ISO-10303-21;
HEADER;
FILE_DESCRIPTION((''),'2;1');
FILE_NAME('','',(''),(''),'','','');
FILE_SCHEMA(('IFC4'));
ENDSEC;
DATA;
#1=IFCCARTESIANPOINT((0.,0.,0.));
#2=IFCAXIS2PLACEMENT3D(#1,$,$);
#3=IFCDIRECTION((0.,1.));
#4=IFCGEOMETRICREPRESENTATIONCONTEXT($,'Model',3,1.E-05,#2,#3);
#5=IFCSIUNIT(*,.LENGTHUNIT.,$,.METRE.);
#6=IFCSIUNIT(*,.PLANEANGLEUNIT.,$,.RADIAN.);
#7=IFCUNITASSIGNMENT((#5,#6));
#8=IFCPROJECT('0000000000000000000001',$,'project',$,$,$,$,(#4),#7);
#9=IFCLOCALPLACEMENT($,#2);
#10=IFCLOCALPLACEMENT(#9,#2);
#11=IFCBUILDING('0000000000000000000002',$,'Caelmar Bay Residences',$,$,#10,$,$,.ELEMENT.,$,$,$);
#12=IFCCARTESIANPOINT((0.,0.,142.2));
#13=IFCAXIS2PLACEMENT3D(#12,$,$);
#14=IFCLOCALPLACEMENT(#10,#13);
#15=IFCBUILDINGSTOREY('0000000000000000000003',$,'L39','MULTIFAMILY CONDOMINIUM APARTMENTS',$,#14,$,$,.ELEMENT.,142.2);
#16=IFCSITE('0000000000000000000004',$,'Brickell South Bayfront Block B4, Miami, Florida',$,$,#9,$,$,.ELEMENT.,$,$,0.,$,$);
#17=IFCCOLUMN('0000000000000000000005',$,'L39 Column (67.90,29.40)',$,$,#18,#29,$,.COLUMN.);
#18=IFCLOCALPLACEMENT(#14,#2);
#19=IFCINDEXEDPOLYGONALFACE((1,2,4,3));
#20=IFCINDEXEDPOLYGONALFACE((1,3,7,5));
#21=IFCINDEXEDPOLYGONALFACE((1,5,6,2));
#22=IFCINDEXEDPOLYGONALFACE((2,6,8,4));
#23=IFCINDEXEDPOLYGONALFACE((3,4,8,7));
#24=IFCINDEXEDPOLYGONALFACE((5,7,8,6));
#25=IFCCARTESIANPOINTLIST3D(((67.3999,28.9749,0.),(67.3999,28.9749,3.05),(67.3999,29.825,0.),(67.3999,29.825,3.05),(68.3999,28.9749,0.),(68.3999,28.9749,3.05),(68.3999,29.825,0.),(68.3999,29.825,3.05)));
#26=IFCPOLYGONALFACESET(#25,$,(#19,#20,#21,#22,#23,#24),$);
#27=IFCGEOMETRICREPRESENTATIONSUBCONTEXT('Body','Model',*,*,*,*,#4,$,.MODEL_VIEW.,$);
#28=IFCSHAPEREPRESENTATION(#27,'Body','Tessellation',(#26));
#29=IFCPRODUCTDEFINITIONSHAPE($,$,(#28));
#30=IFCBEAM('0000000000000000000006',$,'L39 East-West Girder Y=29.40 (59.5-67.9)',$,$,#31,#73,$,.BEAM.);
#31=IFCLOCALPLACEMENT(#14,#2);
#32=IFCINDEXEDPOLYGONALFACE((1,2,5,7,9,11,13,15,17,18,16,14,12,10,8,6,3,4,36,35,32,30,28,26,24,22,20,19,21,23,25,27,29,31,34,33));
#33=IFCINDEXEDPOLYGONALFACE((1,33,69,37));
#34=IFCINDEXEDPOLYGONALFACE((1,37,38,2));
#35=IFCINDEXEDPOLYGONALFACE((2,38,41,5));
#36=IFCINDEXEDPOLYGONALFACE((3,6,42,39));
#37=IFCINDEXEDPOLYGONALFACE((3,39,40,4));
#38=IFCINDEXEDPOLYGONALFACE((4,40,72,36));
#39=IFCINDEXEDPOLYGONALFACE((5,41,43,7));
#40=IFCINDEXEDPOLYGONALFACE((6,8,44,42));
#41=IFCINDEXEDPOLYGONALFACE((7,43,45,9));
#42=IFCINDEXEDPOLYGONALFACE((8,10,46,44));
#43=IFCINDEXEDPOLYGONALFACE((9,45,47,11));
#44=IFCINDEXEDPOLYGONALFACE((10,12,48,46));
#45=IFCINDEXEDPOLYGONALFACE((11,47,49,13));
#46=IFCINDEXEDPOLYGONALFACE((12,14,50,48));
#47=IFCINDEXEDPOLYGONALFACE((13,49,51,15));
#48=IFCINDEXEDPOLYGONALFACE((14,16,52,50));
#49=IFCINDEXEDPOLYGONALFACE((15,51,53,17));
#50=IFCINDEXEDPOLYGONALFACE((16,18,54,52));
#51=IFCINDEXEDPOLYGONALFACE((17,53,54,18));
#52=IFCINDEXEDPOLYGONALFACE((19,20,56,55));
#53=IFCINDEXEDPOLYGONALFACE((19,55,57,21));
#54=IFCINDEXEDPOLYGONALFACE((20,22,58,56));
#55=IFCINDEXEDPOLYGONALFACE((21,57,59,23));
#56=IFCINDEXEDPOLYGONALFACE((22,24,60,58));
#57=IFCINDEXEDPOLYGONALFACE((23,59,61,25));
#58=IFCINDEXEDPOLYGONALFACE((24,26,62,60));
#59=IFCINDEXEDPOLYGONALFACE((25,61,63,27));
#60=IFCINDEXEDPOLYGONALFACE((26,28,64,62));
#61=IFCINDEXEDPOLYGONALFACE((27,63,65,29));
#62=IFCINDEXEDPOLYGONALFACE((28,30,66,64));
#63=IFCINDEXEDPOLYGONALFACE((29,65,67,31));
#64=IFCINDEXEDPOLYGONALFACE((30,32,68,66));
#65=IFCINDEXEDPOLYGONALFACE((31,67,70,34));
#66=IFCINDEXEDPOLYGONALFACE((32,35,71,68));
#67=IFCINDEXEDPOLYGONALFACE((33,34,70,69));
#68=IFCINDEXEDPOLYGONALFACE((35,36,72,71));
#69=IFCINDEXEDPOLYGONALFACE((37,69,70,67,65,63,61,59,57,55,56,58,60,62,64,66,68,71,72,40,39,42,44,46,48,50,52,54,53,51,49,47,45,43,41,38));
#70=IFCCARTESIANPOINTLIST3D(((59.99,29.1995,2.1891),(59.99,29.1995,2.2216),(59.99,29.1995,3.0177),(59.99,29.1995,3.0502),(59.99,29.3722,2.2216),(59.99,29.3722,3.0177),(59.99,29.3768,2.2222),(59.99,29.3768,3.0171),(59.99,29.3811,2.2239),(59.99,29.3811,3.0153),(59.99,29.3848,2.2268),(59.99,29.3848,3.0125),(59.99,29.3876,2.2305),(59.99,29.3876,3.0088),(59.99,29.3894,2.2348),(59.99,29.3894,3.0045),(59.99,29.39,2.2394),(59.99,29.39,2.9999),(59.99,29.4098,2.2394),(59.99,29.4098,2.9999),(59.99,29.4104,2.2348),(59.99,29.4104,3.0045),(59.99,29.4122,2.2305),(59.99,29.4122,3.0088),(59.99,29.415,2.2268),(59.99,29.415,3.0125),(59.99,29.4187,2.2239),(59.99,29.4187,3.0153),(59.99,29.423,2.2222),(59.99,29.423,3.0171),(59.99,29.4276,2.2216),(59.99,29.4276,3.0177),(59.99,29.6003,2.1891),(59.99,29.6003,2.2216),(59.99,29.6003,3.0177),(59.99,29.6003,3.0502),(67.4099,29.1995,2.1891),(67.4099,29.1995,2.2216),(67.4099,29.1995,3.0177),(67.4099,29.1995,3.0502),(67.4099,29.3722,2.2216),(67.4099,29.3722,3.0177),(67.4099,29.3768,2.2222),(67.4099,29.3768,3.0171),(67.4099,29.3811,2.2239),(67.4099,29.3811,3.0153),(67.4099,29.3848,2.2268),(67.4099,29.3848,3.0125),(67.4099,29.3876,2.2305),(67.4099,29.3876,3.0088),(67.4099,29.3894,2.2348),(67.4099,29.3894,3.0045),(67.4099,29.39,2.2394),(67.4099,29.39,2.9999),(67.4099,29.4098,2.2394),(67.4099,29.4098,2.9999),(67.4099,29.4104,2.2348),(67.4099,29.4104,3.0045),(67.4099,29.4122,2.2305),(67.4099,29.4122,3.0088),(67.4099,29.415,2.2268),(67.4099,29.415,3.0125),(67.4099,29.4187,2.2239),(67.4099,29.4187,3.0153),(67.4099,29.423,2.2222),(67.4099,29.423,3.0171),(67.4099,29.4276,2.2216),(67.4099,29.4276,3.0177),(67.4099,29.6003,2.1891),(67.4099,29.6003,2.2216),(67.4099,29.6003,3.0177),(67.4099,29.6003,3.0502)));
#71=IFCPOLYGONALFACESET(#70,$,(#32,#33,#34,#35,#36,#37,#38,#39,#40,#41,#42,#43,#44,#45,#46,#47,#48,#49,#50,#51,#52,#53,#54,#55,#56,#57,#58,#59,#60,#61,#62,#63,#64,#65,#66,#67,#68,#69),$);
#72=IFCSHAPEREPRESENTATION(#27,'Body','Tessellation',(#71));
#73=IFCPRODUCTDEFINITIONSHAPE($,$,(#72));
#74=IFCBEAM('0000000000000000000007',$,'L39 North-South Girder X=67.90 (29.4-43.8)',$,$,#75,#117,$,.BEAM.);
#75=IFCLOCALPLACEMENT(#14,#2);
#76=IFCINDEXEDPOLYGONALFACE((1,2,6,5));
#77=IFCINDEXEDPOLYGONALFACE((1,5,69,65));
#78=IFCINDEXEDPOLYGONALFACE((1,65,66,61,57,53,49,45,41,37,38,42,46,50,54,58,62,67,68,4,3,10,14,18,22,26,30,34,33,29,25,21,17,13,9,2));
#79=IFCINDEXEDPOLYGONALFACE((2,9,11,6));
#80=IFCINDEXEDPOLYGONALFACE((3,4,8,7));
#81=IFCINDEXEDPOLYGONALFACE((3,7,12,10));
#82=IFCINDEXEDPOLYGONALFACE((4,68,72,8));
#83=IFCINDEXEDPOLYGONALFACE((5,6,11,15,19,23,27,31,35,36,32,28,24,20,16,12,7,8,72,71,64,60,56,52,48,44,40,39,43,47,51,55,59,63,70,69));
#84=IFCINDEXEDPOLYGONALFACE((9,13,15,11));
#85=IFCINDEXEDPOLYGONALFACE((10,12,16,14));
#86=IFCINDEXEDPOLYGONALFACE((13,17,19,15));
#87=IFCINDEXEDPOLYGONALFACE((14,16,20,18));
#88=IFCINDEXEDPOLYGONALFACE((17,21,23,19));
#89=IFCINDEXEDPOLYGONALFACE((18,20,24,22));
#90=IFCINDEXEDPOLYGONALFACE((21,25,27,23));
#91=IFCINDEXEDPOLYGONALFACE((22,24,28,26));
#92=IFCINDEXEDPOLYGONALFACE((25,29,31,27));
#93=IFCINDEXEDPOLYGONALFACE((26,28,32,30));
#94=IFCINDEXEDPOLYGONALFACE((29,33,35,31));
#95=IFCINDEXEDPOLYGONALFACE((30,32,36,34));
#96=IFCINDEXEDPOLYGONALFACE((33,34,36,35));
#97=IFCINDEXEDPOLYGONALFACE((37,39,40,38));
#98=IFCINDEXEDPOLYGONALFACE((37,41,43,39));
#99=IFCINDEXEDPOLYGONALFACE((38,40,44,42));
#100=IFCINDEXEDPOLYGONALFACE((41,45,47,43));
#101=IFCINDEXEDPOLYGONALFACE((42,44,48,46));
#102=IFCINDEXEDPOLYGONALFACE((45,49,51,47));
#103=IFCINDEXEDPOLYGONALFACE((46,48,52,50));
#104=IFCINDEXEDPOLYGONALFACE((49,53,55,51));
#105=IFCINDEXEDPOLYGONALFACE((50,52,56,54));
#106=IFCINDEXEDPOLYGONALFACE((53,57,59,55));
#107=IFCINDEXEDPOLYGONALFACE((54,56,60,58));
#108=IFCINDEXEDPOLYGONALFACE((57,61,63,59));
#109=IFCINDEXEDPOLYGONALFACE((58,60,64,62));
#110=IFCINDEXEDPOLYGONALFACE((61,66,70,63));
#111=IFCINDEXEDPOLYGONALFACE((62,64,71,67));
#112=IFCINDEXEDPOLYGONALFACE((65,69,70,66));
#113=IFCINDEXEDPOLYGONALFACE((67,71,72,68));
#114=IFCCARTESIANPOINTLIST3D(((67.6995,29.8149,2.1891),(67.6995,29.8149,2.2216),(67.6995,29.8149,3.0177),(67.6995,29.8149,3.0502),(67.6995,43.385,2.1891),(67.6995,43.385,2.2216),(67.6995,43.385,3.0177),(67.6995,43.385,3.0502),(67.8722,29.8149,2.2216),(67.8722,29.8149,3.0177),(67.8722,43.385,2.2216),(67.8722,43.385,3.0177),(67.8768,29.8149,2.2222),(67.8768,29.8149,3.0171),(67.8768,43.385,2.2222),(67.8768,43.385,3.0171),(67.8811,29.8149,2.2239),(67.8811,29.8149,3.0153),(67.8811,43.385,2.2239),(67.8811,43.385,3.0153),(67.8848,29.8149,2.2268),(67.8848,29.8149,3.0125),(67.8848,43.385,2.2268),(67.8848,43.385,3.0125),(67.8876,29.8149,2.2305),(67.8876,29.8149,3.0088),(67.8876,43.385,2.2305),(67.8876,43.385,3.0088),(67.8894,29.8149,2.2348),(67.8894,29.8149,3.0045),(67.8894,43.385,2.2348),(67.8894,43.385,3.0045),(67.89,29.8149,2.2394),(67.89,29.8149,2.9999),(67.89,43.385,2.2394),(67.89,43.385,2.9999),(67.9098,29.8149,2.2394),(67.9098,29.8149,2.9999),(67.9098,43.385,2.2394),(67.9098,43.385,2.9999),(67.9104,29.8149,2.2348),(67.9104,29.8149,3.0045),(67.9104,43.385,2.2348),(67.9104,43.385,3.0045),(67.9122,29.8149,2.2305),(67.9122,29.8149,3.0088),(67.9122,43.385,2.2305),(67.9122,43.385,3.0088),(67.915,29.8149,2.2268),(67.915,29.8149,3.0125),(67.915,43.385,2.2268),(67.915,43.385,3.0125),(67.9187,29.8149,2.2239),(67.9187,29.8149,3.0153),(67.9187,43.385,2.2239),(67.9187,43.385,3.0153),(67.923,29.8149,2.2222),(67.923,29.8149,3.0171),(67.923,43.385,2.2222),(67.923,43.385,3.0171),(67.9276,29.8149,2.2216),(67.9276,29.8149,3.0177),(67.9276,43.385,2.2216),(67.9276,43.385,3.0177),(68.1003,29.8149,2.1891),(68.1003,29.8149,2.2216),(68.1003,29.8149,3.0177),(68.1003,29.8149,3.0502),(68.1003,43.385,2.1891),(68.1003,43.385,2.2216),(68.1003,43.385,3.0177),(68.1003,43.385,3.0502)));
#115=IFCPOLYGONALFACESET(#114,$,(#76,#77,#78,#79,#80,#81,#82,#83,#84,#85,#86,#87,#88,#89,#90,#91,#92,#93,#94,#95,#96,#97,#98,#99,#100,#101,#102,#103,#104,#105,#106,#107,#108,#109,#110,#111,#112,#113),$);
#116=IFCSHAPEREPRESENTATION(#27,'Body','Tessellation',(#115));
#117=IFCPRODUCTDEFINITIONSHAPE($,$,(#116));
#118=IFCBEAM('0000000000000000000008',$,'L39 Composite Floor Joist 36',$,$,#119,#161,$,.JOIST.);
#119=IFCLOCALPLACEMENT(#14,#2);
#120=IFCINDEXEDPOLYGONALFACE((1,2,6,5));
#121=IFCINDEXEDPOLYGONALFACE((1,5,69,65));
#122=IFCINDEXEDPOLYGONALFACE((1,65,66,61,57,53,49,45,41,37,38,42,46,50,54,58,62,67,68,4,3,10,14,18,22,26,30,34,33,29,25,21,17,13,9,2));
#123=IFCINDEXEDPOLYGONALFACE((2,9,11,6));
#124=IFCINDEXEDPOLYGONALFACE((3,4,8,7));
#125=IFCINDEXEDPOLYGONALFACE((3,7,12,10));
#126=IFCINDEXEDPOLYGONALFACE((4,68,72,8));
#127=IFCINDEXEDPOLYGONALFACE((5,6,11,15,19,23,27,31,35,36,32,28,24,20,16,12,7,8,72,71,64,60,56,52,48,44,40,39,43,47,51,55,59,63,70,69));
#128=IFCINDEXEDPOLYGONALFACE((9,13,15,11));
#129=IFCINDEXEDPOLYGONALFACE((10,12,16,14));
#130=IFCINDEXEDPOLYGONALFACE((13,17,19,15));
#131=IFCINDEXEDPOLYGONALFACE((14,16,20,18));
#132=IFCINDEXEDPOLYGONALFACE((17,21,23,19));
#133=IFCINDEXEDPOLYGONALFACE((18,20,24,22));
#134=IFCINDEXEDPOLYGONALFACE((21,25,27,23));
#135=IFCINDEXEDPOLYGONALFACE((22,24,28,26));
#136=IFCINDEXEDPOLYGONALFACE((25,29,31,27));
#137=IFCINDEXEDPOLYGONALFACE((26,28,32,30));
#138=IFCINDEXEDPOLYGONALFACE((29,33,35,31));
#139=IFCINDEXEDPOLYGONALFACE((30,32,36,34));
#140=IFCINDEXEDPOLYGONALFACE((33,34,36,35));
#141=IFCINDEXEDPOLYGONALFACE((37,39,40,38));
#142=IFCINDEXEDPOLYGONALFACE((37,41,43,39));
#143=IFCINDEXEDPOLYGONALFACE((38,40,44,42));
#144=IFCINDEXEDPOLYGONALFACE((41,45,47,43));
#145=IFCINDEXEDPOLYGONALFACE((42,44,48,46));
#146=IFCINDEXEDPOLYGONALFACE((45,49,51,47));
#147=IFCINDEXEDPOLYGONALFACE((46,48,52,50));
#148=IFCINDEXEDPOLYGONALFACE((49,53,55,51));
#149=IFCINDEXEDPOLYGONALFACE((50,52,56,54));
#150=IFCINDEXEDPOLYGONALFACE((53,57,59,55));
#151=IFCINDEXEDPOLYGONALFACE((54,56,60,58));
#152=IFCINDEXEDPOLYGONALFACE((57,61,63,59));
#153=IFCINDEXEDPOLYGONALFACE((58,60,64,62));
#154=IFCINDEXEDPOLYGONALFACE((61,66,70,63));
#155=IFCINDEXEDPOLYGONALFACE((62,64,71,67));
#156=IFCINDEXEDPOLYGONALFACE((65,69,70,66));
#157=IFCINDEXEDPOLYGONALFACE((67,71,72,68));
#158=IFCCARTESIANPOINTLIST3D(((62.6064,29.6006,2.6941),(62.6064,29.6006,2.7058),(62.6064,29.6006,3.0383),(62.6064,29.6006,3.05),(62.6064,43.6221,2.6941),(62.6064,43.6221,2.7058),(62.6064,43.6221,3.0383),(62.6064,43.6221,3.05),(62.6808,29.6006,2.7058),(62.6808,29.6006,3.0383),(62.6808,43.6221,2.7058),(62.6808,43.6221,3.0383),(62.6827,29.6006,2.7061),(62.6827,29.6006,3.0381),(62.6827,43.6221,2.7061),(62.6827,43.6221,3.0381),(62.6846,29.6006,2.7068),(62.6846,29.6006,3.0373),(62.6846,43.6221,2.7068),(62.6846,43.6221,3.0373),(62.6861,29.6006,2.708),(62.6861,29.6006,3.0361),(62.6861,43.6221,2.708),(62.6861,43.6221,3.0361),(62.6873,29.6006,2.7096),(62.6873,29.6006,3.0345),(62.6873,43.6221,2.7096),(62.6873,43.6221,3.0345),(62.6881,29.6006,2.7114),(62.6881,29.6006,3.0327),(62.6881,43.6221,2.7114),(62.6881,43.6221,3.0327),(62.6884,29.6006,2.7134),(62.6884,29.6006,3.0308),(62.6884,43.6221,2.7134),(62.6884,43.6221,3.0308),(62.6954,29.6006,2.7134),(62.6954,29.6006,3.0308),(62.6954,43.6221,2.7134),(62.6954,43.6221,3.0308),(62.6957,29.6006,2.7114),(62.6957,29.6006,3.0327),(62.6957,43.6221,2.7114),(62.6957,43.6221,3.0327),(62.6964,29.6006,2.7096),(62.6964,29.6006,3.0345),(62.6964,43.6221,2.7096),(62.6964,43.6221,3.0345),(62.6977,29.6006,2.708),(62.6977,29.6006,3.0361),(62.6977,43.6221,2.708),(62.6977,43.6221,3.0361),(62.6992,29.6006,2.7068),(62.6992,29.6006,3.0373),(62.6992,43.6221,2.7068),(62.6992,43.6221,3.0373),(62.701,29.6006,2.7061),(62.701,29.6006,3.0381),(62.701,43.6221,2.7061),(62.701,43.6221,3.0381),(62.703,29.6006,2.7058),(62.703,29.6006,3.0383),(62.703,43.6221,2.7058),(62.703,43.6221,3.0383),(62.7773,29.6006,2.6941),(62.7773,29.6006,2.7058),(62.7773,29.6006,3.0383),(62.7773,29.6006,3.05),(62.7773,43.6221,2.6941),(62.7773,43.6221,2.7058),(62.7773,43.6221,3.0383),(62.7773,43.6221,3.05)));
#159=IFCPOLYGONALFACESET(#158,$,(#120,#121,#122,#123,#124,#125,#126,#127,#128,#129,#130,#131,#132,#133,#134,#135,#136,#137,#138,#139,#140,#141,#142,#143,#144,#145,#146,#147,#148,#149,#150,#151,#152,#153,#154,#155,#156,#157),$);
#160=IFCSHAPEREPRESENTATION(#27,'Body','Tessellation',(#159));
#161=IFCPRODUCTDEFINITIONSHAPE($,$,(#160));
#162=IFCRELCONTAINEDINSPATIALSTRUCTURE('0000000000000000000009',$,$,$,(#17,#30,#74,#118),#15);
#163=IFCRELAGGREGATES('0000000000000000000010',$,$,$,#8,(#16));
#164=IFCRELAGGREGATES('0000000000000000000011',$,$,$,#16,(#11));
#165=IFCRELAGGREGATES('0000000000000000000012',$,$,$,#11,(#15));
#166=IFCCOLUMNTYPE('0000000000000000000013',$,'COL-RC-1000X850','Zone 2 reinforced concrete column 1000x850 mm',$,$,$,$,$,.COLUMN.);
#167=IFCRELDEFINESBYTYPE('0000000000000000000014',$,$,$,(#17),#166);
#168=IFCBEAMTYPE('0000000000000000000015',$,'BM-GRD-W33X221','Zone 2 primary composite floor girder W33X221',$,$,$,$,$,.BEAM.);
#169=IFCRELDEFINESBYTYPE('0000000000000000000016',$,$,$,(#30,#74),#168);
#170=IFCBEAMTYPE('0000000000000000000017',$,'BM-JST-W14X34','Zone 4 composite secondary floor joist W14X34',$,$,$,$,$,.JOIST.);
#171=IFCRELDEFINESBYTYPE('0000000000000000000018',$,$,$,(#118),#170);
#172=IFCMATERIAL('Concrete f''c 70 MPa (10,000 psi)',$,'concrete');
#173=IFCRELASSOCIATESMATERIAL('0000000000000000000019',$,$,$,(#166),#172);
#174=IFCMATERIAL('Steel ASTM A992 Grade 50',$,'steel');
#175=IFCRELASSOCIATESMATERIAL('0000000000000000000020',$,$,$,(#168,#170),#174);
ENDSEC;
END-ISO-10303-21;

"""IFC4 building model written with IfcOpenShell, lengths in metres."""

from ifc_helpers import new_model, si_unit, direction, frame, origin, origin_2d, place, context, subcontext, project, spatial, rectangle, i_section, extrude, material, material_profile, profile_set, type_object, element, save


model = new_model("IFC4")

# Units and contexts
model_context = context("Model", 3, precision=1e-05, world=origin(), true_north=direction((0.0, 1.0)))
body_context = subcontext(model_context, "Body", "Model", "MODEL_VIEW")
ifc_project = project(units=[si_unit("LENGTHUNIT", "METRE"), si_unit("PLANEANGLEUNIT", "RADIAN")], contexts=[model_context])

# Site, building, storey
site_placement = place(None, origin())
site = spatial("IfcSite", under=ifc_project, at=site_placement, Name="Brickell South Bayfront Block B4, Miami, Florida", CompositionType="ELEMENT", RefElevation=0.0)
building_placement = place(site_placement, origin())
building = spatial("IfcBuilding", under=site, at=building_placement, Name="Caelmar Bay Residences", CompositionType="ELEMENT")
storey_placement = place(building_placement, frame((0.0, 0.0, 142.2)))
storey = spatial("IfcBuildingStorey", under=building, at=storey_placement, Name="L39", Description="MULTIFAMILY CONDOMINIUM APARTMENTS", CompositionType="ELEMENT", Elevation=142.2)

# Column
ifc_material_1 = material(Name="Concrete f'c 70 MPa (10,000 psi)", Category="concrete")
ifc_material_profile_1 = material_profile(ifc_material_1, rectangle(XDim=1.0, YDim=0.8501, at=origin_2d()), Name="RC-COL-1000X850")
ifc_profile_set_1 = profile_set([ifc_material_profile_1], Name="Concrete f'c 70 MPa (10,000 psi)")
column_type = type_object("IfcColumnType", Name="COL-RC-1000X850", Description="Zone 2 reinforced concrete column 1000x850 mm", PredefinedType="COLUMN", material=ifc_profile_set_1)
column_placement = place(storey_placement, frame((67.8999, 29.3999, 0.0), z_axis=(0.0, 0.0, 1.0), x_axis=(1.0, 0.0, 0.0)))
element("IfcColumn", 1, at=column_placement, inside=storey, type_object=column_type, Name="L39 Column (67.90,29.40)", PredefinedType="COLUMN", context=body_context, shape_type="SweptSolid", body=[
    extrude(rectangle(XDim=1.0, YDim=0.8501, at=origin_2d()), origin(), (0.0, 0.0, 1.0), 3.05),
])

# Beams
ifc_material_2 = material(Name="Steel ASTM A992 Grade 50", Category="steel")
ifc_material_profile_2 = material_profile(ifc_material_2, i_section(OverallWidth=0.4009, OverallDepth=0.8611, WebThickness=0.0198, FlangeThickness=0.0325, FilletRadius=0.0178, at=origin_2d()), Name="W33X221")
ifc_profile_set_2 = profile_set([ifc_material_profile_2], Name="Steel ASTM A992 Grade 50")
beam_type_1 = type_object("IfcBeamType", Name="BM-GRD-W33X221", Description="Zone 2 primary composite floor girder W33X221", PredefinedType="BEAM", material=ifc_profile_set_2)
beam_1_placement = place(storey_placement, frame((59.99, 29.3999, 2.6196), z_axis=(1.0, 0.0, 0.0), x_axis=(0.0, 1.0, 0.0)))
element("IfcBeam", 2, at=beam_1_placement, inside=storey, type_object=beam_type_1, Name="L39 East-West Girder Y=29.40 (59.5-67.9)", PredefinedType="BEAM", context=body_context, shape_type="SweptSolid", body=[
    extrude(i_section(OverallWidth=0.4009, OverallDepth=0.8611, WebThickness=0.0198, FlangeThickness=0.0325, FilletRadius=0.0178, at=origin_2d()), origin(), (0.0, 0.0, 1.0), 7.4199),
])
beam_2_placement = place(storey_placement, frame((67.8999, 29.8149, 2.6196), z_axis=(0.0, 1.0, 0.0), x_axis=(-1.0, 0.0, 0.0)))
element("IfcBeam", 3, at=beam_2_placement, inside=storey, type_object=beam_type_1, Name="L39 North-South Girder X=67.90 (29.4-43.8)", PredefinedType="BEAM", context=body_context, shape_type="SweptSolid", body=[
    extrude(i_section(OverallWidth=0.4009, OverallDepth=0.8611, WebThickness=0.0198, FlangeThickness=0.0325, FilletRadius=0.0178, at=origin_2d()), origin(), (0.0, 0.0, 1.0), 13.5701),
])
ifc_material_profile_3 = material_profile(ifc_material_2, i_section(OverallWidth=0.1709, OverallDepth=0.356, WebThickness=0.0071, FlangeThickness=0.0117, FilletRadius=0.0076, at=origin_2d()), Name="W14X34")
ifc_profile_set_3 = profile_set([ifc_material_profile_3], Name="Steel ASTM A992 Grade 50")
beam_type_2 = type_object("IfcBeamType", Name="BM-JST-W14X34", Description="Zone 4 composite secondary floor joist W14X34", PredefinedType="JOIST", material=ifc_profile_set_3)
beam_3_placement = place(storey_placement, frame((62.6919, 29.6006, 2.8721), z_axis=(0.0, 1.0, 0.0), x_axis=(-1.0, 0.0, 0.0)))
element("IfcBeam", 4, at=beam_3_placement, inside=storey, type_object=beam_type_2, Name="L39 Composite Floor Joist 36", PredefinedType="JOIST", context=body_context, shape_type="SweptSolid", body=[
    extrude(i_section(OverallWidth=0.1709, OverallDepth=0.356, WebThickness=0.0071, FlangeThickness=0.0117, FilletRadius=0.0076, at=origin_2d()), origin(), (0.0, 0.0, 1.0), 14.0215),
])

save(model, "model.ifc")
